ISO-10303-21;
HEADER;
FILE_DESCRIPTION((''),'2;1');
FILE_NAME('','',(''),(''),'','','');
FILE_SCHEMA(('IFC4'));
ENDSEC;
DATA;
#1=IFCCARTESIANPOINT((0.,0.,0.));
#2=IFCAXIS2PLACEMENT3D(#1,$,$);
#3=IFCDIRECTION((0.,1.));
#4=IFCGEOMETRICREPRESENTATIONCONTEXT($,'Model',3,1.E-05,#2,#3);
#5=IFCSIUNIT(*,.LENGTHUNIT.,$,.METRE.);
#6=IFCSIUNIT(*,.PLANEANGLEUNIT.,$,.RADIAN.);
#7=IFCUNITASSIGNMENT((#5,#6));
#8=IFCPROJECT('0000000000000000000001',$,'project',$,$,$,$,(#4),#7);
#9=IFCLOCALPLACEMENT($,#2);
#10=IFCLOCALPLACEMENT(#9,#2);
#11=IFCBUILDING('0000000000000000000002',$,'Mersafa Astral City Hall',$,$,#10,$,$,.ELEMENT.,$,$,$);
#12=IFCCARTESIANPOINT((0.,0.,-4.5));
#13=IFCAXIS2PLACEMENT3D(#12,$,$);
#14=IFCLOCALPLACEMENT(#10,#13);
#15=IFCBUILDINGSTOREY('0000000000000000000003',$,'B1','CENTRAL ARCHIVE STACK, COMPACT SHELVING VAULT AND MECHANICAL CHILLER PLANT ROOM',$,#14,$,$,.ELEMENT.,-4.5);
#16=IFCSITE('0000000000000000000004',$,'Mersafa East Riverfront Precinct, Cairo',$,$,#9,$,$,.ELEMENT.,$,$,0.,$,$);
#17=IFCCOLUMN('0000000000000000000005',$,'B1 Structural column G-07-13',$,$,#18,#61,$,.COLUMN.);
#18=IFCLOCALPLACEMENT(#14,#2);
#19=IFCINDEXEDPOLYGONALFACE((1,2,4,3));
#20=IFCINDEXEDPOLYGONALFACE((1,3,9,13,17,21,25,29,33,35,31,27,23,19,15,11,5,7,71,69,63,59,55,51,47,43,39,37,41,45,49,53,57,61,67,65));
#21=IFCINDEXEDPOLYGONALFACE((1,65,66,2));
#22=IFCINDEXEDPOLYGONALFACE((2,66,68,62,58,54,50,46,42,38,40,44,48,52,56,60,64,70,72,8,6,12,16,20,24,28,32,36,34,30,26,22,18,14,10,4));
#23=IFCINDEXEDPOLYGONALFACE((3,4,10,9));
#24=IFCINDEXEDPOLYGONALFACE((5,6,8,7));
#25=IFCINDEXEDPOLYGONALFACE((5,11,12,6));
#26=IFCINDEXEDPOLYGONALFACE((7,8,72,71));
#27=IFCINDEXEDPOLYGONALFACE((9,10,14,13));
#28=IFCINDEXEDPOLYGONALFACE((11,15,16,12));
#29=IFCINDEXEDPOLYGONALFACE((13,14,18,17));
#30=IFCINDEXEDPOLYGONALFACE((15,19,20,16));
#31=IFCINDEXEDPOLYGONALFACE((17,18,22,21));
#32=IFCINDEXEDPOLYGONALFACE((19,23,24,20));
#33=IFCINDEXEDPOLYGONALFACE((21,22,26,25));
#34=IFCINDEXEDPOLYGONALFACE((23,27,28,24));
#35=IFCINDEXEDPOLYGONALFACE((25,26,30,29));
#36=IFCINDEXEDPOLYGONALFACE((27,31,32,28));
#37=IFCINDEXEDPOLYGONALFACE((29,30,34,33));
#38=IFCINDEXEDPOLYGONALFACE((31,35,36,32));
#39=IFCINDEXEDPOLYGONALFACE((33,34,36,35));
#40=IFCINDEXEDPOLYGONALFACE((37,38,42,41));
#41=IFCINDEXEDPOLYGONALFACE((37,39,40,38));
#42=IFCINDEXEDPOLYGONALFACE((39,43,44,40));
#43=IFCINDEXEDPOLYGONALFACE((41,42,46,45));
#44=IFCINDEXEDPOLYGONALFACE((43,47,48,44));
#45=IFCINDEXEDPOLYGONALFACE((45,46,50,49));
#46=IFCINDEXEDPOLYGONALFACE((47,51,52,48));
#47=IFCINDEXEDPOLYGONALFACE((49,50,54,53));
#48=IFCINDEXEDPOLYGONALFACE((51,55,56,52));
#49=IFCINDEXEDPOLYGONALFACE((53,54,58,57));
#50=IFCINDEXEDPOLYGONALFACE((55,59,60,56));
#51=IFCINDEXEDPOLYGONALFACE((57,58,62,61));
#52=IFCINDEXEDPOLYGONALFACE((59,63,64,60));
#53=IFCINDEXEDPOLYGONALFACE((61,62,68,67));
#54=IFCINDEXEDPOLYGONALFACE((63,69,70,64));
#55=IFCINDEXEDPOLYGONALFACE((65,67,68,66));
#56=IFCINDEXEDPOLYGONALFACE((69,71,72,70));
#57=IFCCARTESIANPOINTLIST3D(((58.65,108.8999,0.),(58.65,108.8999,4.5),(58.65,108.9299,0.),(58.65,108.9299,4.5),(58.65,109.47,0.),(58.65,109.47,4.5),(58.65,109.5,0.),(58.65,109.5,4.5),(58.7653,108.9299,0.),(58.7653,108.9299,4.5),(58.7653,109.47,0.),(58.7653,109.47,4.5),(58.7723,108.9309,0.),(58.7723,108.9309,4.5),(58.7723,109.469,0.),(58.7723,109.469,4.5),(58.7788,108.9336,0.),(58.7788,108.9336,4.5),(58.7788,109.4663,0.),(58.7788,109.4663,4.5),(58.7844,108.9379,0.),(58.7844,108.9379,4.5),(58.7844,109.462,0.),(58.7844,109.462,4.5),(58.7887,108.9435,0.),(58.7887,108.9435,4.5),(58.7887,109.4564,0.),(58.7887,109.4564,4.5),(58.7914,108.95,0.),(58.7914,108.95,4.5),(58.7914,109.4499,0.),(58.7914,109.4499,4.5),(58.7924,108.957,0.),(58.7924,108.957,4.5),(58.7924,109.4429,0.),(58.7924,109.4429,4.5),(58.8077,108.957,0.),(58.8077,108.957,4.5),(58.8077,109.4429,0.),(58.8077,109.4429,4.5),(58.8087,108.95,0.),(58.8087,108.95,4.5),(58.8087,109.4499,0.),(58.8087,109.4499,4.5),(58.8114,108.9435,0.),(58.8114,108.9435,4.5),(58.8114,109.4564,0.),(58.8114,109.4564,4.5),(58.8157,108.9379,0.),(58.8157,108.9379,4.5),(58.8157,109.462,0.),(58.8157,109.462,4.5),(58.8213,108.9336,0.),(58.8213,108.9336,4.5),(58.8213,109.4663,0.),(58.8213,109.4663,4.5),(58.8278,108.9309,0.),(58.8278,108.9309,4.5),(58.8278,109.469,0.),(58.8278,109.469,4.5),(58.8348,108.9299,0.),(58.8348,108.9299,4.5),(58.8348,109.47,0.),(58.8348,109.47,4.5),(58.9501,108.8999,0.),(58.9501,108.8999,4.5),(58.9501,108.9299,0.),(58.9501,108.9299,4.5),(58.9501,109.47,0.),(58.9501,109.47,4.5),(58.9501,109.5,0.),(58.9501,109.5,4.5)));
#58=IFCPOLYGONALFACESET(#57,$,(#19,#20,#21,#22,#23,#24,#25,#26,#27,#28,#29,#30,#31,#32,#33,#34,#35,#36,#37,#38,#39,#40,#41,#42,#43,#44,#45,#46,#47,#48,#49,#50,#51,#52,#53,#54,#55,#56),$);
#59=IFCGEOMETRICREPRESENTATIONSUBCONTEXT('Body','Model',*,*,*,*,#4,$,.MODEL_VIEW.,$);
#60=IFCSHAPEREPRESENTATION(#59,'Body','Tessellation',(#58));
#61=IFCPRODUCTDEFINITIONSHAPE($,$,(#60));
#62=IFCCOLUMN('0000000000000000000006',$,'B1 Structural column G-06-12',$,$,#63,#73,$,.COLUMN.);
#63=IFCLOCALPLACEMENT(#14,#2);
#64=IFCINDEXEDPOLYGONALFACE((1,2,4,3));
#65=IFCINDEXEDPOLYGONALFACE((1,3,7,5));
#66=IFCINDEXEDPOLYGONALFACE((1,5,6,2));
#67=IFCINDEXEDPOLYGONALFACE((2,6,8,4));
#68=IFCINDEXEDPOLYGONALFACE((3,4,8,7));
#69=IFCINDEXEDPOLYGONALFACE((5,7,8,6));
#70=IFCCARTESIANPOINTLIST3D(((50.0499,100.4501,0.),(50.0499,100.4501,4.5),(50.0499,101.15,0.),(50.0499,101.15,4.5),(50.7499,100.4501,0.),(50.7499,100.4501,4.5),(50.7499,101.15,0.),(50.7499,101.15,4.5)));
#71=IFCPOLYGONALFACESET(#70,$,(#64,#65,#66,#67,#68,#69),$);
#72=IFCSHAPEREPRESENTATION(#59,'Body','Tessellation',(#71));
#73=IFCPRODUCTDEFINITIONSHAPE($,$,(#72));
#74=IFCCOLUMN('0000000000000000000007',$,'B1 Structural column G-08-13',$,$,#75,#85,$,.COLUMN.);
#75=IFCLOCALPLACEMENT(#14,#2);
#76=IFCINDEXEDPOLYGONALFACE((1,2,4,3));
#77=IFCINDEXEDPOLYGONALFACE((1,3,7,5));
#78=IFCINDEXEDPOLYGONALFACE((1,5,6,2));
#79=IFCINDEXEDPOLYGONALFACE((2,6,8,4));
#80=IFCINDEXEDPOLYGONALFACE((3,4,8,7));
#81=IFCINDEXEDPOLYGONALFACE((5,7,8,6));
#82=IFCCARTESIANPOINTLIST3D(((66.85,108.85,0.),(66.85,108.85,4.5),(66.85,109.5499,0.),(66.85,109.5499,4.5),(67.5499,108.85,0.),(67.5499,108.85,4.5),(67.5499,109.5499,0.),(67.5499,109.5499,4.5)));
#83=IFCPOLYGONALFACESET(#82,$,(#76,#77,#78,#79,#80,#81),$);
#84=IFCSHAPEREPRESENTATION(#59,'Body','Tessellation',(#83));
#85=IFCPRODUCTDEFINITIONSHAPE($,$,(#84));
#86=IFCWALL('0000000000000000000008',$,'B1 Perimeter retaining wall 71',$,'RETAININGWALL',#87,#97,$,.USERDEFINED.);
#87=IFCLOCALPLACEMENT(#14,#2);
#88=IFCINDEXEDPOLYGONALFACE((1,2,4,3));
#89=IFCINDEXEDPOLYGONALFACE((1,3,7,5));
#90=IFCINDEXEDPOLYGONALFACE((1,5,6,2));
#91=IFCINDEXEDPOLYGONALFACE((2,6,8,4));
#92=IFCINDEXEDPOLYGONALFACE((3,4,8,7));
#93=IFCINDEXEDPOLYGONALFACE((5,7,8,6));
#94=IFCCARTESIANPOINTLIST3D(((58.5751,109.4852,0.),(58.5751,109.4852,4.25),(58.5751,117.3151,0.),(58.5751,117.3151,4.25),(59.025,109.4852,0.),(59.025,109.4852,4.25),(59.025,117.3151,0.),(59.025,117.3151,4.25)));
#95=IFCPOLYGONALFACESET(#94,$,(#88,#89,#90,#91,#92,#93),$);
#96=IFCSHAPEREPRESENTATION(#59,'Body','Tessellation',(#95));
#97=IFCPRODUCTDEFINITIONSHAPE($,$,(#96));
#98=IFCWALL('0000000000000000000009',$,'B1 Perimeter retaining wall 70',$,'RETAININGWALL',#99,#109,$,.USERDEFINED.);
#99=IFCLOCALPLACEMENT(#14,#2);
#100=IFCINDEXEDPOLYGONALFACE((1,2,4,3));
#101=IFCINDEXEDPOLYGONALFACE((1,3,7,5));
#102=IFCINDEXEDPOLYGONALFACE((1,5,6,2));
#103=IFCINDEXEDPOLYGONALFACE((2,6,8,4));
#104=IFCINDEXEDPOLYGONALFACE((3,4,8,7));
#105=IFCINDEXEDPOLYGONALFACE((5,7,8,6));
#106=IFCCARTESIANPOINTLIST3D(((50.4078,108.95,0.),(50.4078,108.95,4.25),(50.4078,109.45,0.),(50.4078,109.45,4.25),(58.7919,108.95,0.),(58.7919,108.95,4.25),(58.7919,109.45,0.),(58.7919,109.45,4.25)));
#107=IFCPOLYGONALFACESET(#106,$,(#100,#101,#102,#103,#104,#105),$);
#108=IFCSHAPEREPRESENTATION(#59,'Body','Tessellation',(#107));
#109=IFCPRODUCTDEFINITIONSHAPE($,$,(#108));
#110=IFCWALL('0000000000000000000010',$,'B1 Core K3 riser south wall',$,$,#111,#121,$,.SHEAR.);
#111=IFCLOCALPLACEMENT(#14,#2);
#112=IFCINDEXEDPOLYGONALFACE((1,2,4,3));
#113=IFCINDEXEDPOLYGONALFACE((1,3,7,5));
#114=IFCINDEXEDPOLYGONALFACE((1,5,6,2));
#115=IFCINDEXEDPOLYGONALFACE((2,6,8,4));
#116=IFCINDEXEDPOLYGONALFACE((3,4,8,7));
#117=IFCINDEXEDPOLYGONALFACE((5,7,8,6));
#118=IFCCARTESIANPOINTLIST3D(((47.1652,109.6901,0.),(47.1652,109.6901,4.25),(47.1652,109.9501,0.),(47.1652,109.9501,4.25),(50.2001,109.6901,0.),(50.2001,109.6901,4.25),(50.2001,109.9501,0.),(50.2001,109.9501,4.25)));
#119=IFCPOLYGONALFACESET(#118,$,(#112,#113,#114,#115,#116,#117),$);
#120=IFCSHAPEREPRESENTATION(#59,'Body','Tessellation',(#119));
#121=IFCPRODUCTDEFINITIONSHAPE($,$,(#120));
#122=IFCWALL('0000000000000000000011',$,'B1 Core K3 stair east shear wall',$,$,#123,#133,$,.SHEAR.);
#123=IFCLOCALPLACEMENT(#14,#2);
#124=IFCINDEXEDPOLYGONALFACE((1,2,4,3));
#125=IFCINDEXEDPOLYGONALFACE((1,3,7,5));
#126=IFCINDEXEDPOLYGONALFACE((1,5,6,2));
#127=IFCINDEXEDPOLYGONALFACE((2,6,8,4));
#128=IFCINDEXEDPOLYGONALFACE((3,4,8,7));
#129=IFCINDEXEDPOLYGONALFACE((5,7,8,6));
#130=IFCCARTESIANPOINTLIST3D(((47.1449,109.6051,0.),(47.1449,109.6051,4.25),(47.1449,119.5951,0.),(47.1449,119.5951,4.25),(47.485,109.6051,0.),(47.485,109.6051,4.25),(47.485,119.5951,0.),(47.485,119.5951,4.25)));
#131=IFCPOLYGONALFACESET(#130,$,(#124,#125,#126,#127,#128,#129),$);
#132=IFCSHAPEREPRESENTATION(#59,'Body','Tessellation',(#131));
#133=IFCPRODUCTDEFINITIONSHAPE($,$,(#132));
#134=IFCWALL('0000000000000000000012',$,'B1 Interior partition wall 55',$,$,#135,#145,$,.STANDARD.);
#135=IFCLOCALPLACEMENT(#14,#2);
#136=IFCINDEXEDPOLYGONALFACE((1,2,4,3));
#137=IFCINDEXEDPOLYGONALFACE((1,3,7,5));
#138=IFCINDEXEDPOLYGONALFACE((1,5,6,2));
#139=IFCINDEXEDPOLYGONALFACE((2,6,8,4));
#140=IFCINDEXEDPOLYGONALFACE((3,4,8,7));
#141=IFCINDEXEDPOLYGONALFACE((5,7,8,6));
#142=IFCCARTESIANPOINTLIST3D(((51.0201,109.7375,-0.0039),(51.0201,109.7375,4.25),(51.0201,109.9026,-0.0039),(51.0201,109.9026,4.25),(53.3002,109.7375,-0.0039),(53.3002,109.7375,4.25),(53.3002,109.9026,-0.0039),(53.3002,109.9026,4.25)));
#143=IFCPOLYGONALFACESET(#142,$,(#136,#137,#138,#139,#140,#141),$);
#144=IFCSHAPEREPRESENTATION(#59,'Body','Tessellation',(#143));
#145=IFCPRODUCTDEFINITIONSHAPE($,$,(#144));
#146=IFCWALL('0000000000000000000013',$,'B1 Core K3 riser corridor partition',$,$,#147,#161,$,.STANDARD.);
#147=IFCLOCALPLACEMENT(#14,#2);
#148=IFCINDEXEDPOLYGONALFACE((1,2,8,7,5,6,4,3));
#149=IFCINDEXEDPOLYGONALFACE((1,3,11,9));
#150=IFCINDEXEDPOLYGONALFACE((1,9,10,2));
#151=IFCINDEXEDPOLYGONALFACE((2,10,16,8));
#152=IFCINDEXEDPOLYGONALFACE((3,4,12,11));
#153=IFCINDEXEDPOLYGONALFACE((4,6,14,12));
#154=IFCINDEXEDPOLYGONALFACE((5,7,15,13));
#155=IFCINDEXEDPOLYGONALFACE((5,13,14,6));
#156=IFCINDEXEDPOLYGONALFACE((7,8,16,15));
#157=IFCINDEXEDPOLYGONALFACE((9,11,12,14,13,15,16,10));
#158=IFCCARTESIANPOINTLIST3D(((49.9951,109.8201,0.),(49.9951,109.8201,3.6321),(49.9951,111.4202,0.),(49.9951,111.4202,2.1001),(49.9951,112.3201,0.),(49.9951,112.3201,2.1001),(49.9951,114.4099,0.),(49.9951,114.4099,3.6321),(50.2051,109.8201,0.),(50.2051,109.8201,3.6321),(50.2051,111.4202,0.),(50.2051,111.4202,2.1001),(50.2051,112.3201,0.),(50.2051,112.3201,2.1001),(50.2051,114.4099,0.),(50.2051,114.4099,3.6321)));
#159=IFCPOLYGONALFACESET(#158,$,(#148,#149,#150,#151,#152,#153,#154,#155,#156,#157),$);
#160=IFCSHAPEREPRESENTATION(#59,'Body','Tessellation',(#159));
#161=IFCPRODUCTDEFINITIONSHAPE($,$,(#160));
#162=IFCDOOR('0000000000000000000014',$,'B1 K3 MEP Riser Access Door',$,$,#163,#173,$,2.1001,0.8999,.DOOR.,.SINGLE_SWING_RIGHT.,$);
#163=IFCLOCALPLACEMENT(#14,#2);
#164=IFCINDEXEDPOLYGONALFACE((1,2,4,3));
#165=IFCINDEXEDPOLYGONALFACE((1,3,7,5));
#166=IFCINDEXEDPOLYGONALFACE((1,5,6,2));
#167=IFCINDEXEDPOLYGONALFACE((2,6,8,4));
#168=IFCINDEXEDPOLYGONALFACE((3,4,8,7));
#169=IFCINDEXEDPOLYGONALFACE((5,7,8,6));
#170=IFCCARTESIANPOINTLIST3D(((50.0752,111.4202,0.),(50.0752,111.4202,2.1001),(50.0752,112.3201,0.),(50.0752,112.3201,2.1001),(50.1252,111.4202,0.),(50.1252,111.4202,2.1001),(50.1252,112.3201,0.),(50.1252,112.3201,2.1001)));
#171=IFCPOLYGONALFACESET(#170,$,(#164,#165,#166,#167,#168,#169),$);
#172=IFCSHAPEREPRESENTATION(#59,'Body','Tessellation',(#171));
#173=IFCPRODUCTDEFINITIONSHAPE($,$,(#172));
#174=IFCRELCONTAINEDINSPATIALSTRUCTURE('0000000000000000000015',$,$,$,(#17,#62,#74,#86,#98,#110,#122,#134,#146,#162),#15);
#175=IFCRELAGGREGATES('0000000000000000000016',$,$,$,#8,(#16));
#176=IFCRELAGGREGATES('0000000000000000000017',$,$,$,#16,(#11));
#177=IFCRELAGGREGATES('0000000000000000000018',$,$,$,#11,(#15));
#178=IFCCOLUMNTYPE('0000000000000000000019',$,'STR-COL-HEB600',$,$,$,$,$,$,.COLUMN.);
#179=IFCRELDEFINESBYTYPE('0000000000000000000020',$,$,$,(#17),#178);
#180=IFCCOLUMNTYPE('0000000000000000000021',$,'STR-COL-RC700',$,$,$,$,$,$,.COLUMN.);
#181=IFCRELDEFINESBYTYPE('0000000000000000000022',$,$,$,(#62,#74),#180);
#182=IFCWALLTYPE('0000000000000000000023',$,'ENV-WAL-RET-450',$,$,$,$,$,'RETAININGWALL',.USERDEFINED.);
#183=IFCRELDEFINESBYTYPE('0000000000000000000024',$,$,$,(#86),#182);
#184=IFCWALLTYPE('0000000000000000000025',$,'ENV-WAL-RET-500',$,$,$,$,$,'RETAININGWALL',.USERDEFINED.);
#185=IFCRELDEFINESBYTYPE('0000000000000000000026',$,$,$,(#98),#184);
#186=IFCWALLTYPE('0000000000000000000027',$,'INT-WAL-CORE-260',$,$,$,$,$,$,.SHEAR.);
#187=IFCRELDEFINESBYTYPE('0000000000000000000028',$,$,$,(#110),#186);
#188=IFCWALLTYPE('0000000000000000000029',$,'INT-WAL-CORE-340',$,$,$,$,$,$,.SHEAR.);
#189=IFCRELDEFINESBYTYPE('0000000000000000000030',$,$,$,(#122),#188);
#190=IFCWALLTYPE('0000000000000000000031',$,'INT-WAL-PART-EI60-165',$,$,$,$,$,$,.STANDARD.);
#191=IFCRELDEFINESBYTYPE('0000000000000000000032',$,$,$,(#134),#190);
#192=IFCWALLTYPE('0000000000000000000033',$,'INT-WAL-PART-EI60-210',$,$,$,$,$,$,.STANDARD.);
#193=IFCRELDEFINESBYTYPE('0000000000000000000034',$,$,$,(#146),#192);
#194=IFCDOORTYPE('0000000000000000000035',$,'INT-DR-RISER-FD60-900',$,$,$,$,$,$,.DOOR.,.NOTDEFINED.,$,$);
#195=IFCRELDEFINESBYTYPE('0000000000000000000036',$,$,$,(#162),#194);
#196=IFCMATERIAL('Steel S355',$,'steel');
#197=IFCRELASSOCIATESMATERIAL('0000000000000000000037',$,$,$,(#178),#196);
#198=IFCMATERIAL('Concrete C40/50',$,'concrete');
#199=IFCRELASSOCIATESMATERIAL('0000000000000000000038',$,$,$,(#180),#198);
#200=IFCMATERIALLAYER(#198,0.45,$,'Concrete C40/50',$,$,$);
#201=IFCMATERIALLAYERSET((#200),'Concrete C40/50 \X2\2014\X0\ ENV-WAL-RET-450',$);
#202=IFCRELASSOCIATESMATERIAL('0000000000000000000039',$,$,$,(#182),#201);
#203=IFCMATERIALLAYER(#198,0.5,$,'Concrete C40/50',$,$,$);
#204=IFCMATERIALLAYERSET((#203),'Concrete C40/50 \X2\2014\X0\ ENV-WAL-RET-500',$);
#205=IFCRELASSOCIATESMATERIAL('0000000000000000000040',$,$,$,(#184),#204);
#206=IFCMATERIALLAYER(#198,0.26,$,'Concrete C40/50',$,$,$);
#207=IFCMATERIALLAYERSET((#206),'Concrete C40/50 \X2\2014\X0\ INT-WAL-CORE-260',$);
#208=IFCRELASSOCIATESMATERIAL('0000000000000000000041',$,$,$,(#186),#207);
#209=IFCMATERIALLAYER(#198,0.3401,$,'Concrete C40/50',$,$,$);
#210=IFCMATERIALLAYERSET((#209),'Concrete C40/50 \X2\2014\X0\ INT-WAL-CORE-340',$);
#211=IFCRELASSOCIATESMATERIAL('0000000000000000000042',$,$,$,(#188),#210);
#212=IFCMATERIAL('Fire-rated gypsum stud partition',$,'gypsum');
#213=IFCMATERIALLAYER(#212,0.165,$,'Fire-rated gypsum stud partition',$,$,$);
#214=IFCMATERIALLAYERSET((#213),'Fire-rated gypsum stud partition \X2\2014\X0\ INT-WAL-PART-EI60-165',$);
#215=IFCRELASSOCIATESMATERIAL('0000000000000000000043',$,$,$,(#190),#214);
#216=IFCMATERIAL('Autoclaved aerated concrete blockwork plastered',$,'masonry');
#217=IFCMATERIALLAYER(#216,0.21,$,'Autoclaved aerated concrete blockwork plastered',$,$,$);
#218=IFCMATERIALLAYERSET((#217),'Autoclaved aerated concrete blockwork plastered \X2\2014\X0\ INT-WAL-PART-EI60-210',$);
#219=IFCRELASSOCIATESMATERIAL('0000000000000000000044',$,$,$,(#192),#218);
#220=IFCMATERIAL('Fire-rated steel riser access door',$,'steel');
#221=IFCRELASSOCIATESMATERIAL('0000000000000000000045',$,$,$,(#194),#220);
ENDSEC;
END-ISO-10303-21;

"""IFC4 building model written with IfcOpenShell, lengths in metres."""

from ifc_helpers import new_model, si_unit, direction, frame, frame_2d, origin, origin_2d, place, context, subcontext, project, spatial, rectangle, i_section, extrude, material, layer, layer_set, material_profile, profile_set, type_object, element, fill, save


model = new_model("IFC4")

# Units and contexts
model_context = context("Model", 3, precision=1e-05, world=origin(), true_north=direction((0.0, 1.0)))
body_context = subcontext(model_context, "Body", "Model", "MODEL_VIEW")
ifc_project = project(units=[si_unit("LENGTHUNIT", "METRE"), si_unit("PLANEANGLEUNIT", "RADIAN")], contexts=[model_context])

# Site, building, storey
site_placement = place(None, origin())
site = spatial("IfcSite", under=ifc_project, at=site_placement, Name="Mersafa East Riverfront Precinct, Cairo", CompositionType="ELEMENT", RefElevation=0.0)
building_placement = place(site_placement, origin())
building = spatial("IfcBuilding", under=site, at=building_placement, Name="Mersafa Astral City Hall", CompositionType="ELEMENT")
storey_placement = place(building_placement, frame((0.0, 0.0, -4.5)))
storey = spatial("IfcBuildingStorey", under=building, at=storey_placement, Name="B1", Description="CENTRAL ARCHIVE STACK, COMPACT SHELVING VAULT AND MECHANICAL CHILLER PLANT ROOM", CompositionType="ELEMENT", Elevation=-4.5)

# Shared definitions
ifc_material_1 = material(Name="Concrete C40/50", Category="concrete")

# Columns
ifc_material_2 = material(Name="Steel S355", Category="steel")
ifc_material_profile_1 = material_profile(ifc_material_2, i_section(OverallWidth=0.3, OverallDepth=0.6001, WebThickness=0.0154, FlangeThickness=0.03, FilletRadius=0.0271, at=origin_2d()), Name="HEB 600")
ifc_profile_set_1 = profile_set([ifc_material_profile_1], Name="Steel S355")
column_type_1 = type_object("IfcColumnType", Name="STR-COL-HEB600", PredefinedType="COLUMN", material=ifc_profile_set_1)
for number, where, z_axis, x_axis, name in (
    (1, (58.8, 109.2, 0.0), (0.0, 0.0, 1.0), (1.0, 0.0, 0.0), "B1 Structural column G-07-13"),
):
    element("IfcColumn", number, at=place(storey_placement, frame(where, z_axis=z_axis, x_axis=x_axis)), inside=storey, type_object=column_type_1, Name=name, PredefinedType="COLUMN", context=body_context, shape_type="SweptSolid", body=[
        extrude(i_section(OverallWidth=0.3, OverallDepth=0.6001, WebThickness=0.0154, FlangeThickness=0.03, FilletRadius=0.0271, at=origin_2d()), origin(), (0.0, 0.0, 1.0), 4.5),
    ])
ifc_material_profile_2 = material_profile(ifc_material_1, rectangle(XDim=0.7, YDim=0.7, at=origin_2d()), Name="RC 700x700")
ifc_profile_set_2 = profile_set([ifc_material_profile_2], Name="Concrete C40/50")
column_type_2 = type_object("IfcColumnType", Name="STR-COL-RC700", PredefinedType="COLUMN", material=ifc_profile_set_2)
for number, where, z_axis, x_axis, name in (
    (2, (50.3999, 100.8, 0.0), (0.0, 0.0, 1.0), (1.0, 0.0, 0.0), "B1 Structural column G-06-12"),
    (3, (67.2, 109.2, 0.0), (0.0, 0.0, 1.0), (1.0, 0.0, 0.0), "B1 Structural column G-08-13"),
):
    element("IfcColumn", number, at=place(storey_placement, frame(where, z_axis=z_axis, x_axis=x_axis)), inside=storey, type_object=column_type_2, Name=name, PredefinedType="COLUMN", context=body_context, shape_type="SweptSolid", body=[
        extrude(rectangle(XDim=0.7, YDim=0.7, at=origin_2d()), origin(), (0.0, 0.0, 1.0), 4.5),
    ])

# Walls
ifc_layer_1 = layer(ifc_material_1, 0.45, Name="Concrete C40/50")
ifc_layer_set_1 = layer_set([ifc_layer_1], Name="Concrete C40/50 — ENV-WAL-RET-450")
wall_type_1 = type_object("IfcWallType", Name="ENV-WAL-RET-450", ElementType="RETAININGWALL", PredefinedType="USERDEFINED", material=ifc_layer_set_1)
wall_1_placement = place(storey_placement, frame((58.8, 109.4851, 0.0), z_axis=(0.0, 0.0, 1.0), x_axis=(0.0, 1.0, 0.0)))
element("IfcWall", 4, at=wall_1_placement, inside=storey, type_object=wall_type_1, Name="B1 Perimeter retaining wall 71", ObjectType="RETAININGWALL", PredefinedType="USERDEFINED", context=body_context, shape_type="SweptSolid", body=[
    extrude(rectangle(XDim=7.8298, YDim=0.45, at=frame_2d((3.915, 0.0))), origin(), (0.0, 0.0, 1.0), 4.25),
])
ifc_layer_2 = layer(ifc_material_1, 0.5, Name="Concrete C40/50")
ifc_layer_set_2 = layer_set([ifc_layer_2], Name="Concrete C40/50 — ENV-WAL-RET-500")
wall_type_2 = type_object("IfcWallType", Name="ENV-WAL-RET-500", ElementType="RETAININGWALL", PredefinedType="USERDEFINED", material=ifc_layer_set_2)
wall_2_placement = place(storey_placement, frame((50.408, 109.2, 0.0), z_axis=(0.0, 0.0, 1.0), x_axis=(1.0, 0.0, 0.0)))
element("IfcWall", 5, at=wall_2_placement, inside=storey, type_object=wall_type_2, Name="B1 Perimeter retaining wall 70", ObjectType="RETAININGWALL", PredefinedType="USERDEFINED", context=body_context, shape_type="SweptSolid", body=[
    extrude(rectangle(XDim=8.384, YDim=0.5, at=frame_2d((4.1919, 0.0))), origin(), (0.0, 0.0, 1.0), 4.25),
])
ifc_layer_3 = layer(ifc_material_1, 0.26, Name="Concrete C40/50")
ifc_layer_set_3 = layer_set([ifc_layer_3], Name="Concrete C40/50 — INT-WAL-CORE-260")
wall_type_3 = type_object("IfcWallType", Name="INT-WAL-CORE-260", PredefinedType="SHEAR", material=ifc_layer_set_3)
wall_3_placement = place(storey_placement, frame((47.165, 109.8201, 0.0), z_axis=(0.0, 0.0, 1.0), x_axis=(1.0, 0.0, 0.0)))
element("IfcWall", 6, at=wall_3_placement, inside=storey, type_object=wall_type_3, Name="B1 Core K3 riser south wall", PredefinedType="SHEAR", context=body_context, shape_type="SweptSolid", body=[
    extrude(rectangle(XDim=3.0349, YDim=0.26, at=frame_2d((1.5176, 0.0))), origin(), (0.0, 0.0, 1.0), 4.25),
])
ifc_layer_4 = layer(ifc_material_1, 0.3401, Name="Concrete C40/50")
ifc_layer_set_4 = layer_set([ifc_layer_4], Name="Concrete C40/50 — INT-WAL-CORE-340")
wall_type_4 = type_object("IfcWallType", Name="INT-WAL-CORE-340", PredefinedType="SHEAR", material=ifc_layer_set_4)
wall_4_placement = place(storey_placement, frame((47.3149, 109.605, 0.0), z_axis=(0.0, 0.0, 1.0), x_axis=(0.0, 1.0, 0.0)))
element("IfcWall", 7, at=wall_4_placement, inside=storey, type_object=wall_type_4, Name="B1 Core K3 stair east shear wall", PredefinedType="SHEAR", context=body_context, shape_type="SweptSolid", body=[
    extrude(rectangle(XDim=9.99, YDim=0.3401, at=frame_2d((4.9951, 0.0))), origin(), (0.0, 0.0, 1.0), 4.25),
])
ifc_material_3 = material(Name="Fire-rated gypsum stud partition", Category="gypsum")
ifc_layer_5 = layer(ifc_material_3, 0.165, Name="Fire-rated gypsum stud partition")
ifc_layer_set_5 = layer_set([ifc_layer_5], Name="Fire-rated gypsum stud partition — INT-WAL-PART-EI60-165")
wall_type_5 = type_object("IfcWallType", Name="INT-WAL-PART-EI60-165", PredefinedType="STANDARD", material=ifc_layer_set_5)
wall_5_placement = place(storey_placement, frame((51.02, 109.8201, -0.0039), z_axis=(0.0, 0.0, 1.0), x_axis=(1.0, 0.0, 0.0)))
element("IfcWall", 8, at=wall_5_placement, inside=storey, type_object=wall_type_5, Name="B1 Interior partition wall 55", PredefinedType="STANDARD", context=body_context, shape_type="SweptSolid", body=[
    extrude(rectangle(XDim=2.28, YDim=0.165, at=frame_2d((1.1401, 0.0))), origin(), (0.0, 0.0, 1.0), 4.2539),
])

# Wall, opening, door
ifc_material_4 = material(Name="Autoclaved aerated concrete blockwork plastered", Category="masonry")
ifc_layer_6 = layer(ifc_material_4, 0.21, Name="Autoclaved aerated concrete blockwork plastered")
ifc_layer_set_6 = layer_set([ifc_layer_6], Name="Autoclaved aerated concrete blockwork plastered — INT-WAL-PART-EI60-210")
wall_type_6 = type_object("IfcWallType", Name="INT-WAL-PART-EI60-210", PredefinedType="STANDARD", material=ifc_layer_set_6)
wall_6_placement = place(storey_placement, frame((50.1001, 109.8201, 0.0), z_axis=(0.0, 0.0, 1.0), x_axis=(0.0, 1.0, 0.0)))
wall_6 = element("IfcWall", 9, at=wall_6_placement, inside=storey, type_object=wall_type_6, Name="B1 Core K3 riser corridor partition", PredefinedType="STANDARD", context=body_context, shape_type="SweptSolid", body=[
    extrude(rectangle(XDim=4.5898, YDim=0.21, at=frame_2d((2.2949, 0.0))), origin(), (0.0, 0.0, 1.0), 3.6321),
])
opening_placement = place(wall_6_placement, frame((1.6001, 0.0, 0.0)))
opening = element("IfcOpeningElement", 10, at=opening_placement, cuts=wall_6, PredefinedType="OPENING", context=body_context, shape_type="SweptSolid", body=[
    extrude(rectangle(XDim=0.8999, YDim=2.1001, at=frame_2d((0.45, 1.05))), frame((0.0, 0.115, 0.0), z_axis=(0.0, -1.0, 0.0), x_axis=(1.0, 0.0, 0.0)), (0.0, 0.0, 1.0), 0.23),
])
ifc_material_5 = material(Name="Fire-rated steel riser access door", Category="steel")
door_type = type_object("IfcDoorType", Name="INT-DR-RISER-FD60-900", OperationType="NOTDEFINED", PredefinedType="DOOR", material=ifc_material_5)
door_placement = place(opening_placement, origin())
door = element("IfcDoor", 11, at=door_placement, inside=storey, type_object=door_type, Name="B1 K3 MEP Riser Access Door", OperationType="SINGLE_SWING_RIGHT", OverallHeight=2.1001, OverallWidth=0.8999, PredefinedType="DOOR", context=body_context, shape_type="SweptSolid", body=[
    extrude(rectangle(XDim=0.8999, YDim=2.1001, at=frame_2d((0.45, 1.05))), frame((0.0, 0.0249, 0.0), z_axis=(0.0, -1.0, 0.0), x_axis=(1.0, 0.0, 0.0)), (0.0, 0.0, 1.0), 0.05),
])
fill(opening, door)

save(model, "model.ifc")
